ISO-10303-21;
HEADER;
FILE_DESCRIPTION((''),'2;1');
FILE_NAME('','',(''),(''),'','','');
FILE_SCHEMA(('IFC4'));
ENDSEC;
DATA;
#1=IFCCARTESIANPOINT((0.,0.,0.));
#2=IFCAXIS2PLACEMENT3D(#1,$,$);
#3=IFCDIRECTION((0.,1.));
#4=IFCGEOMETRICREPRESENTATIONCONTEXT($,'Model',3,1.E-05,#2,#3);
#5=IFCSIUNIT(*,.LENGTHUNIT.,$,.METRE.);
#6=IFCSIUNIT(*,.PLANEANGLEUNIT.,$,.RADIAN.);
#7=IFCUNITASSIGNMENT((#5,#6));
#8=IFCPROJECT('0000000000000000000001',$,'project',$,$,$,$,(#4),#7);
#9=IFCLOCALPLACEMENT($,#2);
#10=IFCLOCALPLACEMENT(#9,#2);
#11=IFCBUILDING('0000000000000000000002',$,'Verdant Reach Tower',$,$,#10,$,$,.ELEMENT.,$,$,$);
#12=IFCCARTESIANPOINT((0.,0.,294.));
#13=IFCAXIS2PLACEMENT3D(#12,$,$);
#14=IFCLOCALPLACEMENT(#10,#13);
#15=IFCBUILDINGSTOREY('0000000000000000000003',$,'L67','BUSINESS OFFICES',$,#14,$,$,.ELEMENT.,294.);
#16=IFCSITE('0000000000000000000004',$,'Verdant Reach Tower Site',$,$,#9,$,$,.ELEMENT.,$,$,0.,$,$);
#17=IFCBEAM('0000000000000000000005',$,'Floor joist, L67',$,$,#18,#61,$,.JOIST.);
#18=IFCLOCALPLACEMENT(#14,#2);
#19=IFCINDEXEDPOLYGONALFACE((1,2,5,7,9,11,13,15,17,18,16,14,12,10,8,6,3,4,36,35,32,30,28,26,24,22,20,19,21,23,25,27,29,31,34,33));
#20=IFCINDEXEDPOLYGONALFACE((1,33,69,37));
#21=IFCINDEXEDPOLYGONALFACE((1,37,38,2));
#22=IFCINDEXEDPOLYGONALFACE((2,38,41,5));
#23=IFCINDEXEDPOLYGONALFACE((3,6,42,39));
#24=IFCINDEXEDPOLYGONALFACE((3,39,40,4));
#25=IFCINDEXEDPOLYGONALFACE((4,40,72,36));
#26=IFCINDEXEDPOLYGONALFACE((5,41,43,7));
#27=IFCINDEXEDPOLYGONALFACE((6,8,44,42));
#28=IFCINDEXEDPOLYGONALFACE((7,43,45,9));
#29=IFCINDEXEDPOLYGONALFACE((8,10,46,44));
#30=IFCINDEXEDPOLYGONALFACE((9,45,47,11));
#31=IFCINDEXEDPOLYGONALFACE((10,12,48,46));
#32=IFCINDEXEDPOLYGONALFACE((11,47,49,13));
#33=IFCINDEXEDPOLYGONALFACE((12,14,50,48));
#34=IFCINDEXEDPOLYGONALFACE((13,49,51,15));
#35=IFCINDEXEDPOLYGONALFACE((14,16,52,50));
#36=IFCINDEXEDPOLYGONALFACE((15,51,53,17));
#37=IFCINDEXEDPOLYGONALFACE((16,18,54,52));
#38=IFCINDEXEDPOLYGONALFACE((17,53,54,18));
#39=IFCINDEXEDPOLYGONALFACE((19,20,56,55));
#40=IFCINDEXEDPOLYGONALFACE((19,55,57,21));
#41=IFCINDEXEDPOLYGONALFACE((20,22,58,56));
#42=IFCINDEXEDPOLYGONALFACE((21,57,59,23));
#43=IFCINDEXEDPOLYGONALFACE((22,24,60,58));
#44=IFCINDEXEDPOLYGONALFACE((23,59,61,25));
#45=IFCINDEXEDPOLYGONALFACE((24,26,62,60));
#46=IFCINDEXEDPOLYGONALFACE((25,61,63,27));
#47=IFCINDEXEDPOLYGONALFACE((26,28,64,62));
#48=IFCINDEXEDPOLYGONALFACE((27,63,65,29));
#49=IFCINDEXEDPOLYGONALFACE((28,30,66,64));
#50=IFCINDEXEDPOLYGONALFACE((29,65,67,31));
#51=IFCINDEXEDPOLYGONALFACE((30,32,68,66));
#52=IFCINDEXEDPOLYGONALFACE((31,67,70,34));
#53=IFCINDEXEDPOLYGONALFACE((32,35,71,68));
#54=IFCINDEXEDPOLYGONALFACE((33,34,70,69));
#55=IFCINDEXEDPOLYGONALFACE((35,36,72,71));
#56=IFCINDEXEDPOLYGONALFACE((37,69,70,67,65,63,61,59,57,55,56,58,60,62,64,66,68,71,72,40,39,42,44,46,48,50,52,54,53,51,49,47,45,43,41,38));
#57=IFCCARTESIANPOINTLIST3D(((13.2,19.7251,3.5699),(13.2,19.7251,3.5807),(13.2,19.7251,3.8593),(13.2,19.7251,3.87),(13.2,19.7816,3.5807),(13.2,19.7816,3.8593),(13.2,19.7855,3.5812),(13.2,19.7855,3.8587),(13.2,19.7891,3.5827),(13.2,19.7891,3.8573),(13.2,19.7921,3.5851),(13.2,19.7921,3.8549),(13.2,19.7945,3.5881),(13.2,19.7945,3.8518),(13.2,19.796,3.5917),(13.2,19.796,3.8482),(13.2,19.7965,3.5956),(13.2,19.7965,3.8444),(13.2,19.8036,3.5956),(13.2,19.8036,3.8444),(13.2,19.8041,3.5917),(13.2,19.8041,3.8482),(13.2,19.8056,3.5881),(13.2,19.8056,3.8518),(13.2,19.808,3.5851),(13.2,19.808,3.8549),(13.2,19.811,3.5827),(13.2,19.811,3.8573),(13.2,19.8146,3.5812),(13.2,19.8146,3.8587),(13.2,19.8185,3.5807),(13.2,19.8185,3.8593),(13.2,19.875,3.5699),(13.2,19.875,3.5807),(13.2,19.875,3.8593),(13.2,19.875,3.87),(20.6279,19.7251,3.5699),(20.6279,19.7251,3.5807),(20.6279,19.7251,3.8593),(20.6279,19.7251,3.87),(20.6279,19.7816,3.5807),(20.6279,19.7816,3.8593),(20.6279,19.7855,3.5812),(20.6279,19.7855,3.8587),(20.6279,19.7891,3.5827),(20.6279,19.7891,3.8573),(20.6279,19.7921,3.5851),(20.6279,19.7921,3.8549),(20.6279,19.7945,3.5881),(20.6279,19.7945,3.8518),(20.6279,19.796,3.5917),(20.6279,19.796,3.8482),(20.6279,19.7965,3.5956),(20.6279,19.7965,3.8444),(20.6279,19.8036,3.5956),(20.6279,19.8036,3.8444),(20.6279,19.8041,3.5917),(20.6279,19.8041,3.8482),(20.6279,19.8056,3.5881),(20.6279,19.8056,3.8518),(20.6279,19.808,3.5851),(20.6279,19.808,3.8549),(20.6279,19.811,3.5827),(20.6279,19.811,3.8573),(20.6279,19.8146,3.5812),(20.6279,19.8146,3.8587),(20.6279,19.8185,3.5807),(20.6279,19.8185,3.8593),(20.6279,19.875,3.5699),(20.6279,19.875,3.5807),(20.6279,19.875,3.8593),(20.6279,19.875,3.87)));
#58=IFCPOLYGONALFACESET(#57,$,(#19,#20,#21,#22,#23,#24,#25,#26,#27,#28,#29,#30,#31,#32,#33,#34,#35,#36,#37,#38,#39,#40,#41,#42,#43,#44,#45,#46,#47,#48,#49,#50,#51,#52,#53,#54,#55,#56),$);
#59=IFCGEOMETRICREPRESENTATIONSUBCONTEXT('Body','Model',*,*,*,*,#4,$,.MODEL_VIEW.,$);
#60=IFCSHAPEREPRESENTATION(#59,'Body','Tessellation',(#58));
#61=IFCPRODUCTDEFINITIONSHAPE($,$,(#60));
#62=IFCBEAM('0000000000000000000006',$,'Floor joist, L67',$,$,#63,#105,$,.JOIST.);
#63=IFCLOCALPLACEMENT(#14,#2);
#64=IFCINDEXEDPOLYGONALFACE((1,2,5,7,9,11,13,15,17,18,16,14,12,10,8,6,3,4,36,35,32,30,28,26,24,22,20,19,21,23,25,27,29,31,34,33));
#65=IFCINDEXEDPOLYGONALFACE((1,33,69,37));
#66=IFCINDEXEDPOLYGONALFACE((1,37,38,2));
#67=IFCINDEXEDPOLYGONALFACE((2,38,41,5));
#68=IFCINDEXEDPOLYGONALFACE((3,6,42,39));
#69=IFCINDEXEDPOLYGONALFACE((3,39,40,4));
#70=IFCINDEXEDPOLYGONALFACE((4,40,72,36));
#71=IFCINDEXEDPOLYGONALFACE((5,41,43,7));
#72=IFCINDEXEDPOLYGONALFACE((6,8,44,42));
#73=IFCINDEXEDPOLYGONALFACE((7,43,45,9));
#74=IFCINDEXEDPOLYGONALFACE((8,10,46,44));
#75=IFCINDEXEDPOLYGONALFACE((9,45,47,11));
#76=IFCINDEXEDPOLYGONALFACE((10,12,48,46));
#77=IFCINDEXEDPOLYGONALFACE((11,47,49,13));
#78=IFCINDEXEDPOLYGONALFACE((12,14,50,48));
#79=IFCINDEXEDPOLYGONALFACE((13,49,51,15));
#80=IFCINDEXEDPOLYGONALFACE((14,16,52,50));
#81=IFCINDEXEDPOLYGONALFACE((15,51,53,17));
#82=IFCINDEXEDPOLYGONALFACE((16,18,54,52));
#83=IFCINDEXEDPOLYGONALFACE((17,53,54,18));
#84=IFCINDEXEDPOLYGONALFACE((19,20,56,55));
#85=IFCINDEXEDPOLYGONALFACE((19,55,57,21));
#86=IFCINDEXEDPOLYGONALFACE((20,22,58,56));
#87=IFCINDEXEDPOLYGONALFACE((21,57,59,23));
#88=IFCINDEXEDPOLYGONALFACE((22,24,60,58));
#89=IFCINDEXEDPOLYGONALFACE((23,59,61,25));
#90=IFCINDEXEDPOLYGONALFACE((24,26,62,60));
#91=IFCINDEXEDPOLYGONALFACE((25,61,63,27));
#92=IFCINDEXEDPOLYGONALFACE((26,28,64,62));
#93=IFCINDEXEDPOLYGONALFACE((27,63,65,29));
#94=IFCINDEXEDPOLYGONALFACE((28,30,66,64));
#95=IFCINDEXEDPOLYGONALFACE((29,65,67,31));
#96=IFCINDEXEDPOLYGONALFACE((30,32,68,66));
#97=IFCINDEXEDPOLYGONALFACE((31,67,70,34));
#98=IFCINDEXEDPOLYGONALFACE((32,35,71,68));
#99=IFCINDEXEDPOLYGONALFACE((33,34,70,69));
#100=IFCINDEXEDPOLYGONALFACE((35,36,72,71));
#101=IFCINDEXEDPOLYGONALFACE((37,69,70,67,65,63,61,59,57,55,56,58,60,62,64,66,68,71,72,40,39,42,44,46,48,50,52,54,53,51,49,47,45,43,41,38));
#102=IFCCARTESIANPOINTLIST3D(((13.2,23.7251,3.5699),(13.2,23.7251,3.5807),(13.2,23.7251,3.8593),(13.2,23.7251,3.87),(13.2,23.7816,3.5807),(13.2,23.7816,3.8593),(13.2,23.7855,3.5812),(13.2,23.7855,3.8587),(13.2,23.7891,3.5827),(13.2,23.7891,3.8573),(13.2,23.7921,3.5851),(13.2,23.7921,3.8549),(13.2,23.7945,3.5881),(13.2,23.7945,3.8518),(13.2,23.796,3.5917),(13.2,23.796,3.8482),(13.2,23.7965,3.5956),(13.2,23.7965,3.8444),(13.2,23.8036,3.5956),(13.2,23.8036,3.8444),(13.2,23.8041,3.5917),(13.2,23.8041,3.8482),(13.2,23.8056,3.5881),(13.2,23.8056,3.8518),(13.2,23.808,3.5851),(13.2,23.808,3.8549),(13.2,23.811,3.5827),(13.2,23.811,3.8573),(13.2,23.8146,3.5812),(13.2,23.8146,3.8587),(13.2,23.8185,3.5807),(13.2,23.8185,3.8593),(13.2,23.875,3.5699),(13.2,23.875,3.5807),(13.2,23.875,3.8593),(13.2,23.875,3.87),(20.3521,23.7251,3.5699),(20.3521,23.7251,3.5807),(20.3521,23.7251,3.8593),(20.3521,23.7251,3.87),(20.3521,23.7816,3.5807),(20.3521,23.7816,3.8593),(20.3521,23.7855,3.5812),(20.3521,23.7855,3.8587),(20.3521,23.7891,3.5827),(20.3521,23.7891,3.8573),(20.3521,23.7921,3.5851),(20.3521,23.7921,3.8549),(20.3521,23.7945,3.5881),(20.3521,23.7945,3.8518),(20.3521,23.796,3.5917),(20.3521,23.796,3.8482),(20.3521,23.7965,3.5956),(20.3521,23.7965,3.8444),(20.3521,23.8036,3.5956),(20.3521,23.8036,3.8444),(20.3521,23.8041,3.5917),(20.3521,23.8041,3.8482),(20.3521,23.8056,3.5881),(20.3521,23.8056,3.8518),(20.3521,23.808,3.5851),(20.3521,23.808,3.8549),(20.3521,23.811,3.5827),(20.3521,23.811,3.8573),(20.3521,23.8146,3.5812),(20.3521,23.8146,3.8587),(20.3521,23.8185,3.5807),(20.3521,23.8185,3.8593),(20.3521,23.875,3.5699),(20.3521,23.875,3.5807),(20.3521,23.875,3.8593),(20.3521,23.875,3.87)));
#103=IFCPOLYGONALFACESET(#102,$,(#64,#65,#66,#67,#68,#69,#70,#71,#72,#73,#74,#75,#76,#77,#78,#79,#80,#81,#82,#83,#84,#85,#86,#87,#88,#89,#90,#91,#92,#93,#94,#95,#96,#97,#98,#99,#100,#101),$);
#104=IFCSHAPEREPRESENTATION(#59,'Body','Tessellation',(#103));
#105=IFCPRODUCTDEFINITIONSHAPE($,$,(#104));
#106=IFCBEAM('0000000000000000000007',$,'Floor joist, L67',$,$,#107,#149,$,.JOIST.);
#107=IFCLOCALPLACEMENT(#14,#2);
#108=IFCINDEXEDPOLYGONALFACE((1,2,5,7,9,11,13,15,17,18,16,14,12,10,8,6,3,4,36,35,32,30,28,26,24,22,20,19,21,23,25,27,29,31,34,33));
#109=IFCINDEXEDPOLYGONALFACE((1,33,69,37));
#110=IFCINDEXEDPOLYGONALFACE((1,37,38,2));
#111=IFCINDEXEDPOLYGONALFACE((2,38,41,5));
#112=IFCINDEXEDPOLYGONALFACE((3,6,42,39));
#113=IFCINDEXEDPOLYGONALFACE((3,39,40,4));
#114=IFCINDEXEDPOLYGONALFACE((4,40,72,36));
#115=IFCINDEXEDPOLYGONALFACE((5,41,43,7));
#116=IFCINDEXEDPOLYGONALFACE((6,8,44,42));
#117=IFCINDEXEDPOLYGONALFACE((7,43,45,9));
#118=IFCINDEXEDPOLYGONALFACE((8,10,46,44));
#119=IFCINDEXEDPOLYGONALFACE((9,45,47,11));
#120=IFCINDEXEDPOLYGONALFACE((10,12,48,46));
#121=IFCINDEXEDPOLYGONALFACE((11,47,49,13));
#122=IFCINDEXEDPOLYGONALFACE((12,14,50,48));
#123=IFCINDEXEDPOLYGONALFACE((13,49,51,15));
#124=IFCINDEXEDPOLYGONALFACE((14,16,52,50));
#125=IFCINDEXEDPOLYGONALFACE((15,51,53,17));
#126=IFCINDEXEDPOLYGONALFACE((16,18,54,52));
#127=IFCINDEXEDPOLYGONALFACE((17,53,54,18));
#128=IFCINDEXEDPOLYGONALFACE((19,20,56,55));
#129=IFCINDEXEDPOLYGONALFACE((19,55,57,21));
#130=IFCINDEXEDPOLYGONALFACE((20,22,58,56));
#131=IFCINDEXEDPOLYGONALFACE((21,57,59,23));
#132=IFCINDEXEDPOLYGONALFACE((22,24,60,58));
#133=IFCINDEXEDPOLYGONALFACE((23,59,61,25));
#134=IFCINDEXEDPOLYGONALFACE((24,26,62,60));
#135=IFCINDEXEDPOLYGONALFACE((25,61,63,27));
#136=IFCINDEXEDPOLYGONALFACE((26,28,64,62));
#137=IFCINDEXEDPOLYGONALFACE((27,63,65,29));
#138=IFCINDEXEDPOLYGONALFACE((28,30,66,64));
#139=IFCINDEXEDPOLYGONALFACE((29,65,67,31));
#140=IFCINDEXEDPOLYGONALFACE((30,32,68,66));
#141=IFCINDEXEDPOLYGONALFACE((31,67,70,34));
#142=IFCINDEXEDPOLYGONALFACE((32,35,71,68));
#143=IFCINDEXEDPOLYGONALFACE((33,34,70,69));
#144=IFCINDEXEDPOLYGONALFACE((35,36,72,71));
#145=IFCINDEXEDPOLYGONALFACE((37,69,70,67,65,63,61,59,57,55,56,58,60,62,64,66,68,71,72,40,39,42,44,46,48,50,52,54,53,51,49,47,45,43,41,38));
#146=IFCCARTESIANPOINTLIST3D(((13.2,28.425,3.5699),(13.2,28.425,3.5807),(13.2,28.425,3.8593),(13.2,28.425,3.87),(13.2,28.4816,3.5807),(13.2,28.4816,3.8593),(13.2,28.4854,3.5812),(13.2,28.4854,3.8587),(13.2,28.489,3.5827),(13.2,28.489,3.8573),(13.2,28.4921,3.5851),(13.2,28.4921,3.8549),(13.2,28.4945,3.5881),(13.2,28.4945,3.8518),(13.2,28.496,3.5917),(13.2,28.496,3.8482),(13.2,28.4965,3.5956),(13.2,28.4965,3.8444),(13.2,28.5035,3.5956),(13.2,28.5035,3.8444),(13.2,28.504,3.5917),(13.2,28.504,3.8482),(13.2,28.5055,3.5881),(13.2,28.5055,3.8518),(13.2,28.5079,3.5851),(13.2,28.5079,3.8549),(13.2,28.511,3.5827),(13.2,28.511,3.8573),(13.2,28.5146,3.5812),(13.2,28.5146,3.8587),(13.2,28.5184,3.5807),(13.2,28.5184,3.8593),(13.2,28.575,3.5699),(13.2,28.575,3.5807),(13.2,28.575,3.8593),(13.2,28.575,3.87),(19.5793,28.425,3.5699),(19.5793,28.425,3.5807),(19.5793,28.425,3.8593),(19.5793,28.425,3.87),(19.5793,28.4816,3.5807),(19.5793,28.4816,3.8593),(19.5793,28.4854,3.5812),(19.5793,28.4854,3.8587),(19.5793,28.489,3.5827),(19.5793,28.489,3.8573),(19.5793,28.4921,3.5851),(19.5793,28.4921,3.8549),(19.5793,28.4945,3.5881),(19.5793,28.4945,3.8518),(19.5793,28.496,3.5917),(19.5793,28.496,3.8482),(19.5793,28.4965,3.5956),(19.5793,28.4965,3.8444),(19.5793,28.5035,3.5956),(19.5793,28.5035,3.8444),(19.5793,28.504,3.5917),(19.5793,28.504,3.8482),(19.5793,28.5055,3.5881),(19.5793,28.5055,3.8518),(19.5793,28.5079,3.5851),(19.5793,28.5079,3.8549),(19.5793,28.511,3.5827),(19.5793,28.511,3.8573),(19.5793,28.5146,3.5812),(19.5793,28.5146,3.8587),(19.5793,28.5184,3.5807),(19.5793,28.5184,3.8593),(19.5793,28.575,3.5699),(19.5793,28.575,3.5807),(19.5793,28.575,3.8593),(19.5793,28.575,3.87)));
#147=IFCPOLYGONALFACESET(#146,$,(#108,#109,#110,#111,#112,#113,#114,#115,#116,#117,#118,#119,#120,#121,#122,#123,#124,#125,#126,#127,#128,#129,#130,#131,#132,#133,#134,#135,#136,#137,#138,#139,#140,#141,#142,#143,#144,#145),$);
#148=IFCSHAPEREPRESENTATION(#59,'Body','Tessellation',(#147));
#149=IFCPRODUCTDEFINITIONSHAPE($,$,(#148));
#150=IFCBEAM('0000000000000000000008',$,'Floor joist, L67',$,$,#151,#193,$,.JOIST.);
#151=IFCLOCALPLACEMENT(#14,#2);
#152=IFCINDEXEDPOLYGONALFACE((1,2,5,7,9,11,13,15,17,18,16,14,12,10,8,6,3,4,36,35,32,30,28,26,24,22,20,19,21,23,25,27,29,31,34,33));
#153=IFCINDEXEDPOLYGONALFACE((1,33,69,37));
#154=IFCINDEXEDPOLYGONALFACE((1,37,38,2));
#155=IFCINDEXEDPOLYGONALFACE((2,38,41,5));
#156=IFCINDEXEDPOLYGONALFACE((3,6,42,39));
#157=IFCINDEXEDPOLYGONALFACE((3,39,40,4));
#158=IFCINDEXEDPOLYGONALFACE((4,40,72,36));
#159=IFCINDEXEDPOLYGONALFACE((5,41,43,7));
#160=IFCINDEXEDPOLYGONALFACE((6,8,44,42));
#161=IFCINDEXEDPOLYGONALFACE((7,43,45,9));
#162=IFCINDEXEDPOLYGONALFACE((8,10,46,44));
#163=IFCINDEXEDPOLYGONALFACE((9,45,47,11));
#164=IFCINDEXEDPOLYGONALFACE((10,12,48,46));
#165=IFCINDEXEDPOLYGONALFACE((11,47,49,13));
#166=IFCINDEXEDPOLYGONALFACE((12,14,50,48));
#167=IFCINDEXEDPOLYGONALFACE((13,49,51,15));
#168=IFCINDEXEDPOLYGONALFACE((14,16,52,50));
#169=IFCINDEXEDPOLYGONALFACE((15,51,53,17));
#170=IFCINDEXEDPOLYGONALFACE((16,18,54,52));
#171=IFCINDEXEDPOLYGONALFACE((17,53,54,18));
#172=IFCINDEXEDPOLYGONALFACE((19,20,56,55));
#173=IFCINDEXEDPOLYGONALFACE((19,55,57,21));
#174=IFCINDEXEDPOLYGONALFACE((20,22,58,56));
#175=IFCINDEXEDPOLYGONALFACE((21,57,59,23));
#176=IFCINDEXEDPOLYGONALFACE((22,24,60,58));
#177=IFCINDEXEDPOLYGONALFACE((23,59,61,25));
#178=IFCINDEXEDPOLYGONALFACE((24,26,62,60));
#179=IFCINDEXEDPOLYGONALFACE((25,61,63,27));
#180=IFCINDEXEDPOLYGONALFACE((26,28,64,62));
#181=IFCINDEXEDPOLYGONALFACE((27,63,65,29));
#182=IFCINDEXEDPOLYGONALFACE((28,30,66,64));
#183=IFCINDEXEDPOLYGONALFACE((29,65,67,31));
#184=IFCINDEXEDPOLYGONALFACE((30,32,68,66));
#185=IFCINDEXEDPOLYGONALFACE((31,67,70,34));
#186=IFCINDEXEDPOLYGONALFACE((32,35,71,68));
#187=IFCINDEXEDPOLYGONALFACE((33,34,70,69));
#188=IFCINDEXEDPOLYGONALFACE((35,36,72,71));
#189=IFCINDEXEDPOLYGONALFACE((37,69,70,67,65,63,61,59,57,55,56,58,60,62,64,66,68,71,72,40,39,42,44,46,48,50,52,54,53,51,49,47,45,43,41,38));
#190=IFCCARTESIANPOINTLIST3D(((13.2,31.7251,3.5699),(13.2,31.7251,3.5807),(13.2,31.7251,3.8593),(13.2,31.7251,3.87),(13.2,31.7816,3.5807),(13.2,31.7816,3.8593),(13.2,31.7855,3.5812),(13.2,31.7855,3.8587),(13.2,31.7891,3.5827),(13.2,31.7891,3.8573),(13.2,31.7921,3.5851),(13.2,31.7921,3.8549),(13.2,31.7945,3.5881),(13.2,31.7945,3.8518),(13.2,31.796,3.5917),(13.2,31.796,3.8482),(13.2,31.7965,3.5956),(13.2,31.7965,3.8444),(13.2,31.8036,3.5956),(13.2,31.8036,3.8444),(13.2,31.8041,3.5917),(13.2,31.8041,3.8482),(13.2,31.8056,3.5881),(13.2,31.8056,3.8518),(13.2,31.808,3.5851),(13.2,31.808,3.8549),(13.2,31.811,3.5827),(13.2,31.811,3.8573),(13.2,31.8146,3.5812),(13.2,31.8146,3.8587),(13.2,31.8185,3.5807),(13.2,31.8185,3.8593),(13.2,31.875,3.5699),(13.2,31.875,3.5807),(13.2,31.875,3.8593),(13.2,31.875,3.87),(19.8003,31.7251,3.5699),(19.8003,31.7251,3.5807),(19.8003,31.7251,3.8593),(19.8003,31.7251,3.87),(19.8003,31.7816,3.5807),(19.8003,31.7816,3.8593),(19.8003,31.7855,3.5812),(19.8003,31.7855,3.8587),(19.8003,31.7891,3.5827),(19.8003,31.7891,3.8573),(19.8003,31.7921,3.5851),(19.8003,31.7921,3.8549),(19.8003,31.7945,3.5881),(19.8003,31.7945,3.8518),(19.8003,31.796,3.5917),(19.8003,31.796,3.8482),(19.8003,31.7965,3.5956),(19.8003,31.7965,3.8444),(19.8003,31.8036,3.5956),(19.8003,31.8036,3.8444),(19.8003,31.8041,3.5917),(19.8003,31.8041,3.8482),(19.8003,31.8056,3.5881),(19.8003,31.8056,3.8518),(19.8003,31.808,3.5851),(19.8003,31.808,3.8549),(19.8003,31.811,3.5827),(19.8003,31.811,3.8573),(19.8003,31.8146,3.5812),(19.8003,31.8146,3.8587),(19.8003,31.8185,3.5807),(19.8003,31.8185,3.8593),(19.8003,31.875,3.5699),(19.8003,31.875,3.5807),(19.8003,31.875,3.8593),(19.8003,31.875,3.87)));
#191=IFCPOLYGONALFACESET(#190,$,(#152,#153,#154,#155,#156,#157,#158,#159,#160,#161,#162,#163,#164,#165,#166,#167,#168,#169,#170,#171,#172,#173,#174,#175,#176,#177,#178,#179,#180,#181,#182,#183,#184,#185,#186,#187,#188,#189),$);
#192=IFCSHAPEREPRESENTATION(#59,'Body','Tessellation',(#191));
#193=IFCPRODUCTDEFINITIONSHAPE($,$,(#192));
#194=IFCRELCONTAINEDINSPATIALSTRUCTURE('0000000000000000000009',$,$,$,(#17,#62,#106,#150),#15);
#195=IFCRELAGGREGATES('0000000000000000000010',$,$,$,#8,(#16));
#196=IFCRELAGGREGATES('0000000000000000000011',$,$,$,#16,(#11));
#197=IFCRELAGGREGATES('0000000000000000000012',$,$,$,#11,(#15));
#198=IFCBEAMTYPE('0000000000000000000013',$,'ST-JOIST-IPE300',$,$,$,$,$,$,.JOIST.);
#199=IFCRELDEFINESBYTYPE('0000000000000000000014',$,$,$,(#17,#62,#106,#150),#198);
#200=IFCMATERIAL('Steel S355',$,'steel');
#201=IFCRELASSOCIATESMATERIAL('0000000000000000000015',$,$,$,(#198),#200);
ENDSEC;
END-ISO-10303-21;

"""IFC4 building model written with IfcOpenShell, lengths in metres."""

from ifc_helpers import new_model, si_unit, direction, frame, origin, origin_2d, place, context, subcontext, project, spatial, i_section, extrude, material, material_profile, profile_set, type_object, element, save


model = new_model("IFC4")

# Units and contexts
model_context = context("Model", 3, precision=1e-05, world=origin(), true_north=direction((0.0, 1.0)))
body_context = subcontext(model_context, "Body", "Model", "MODEL_VIEW")
ifc_project = project(units=[si_unit("LENGTHUNIT", "METRE"), si_unit("PLANEANGLEUNIT", "RADIAN")], contexts=[model_context])

# Site, building, storey
site_placement = place(None, origin())
site = spatial("IfcSite", under=ifc_project, at=site_placement, Name="Verdant Reach Tower Site", CompositionType="ELEMENT", RefElevation=0.0)
building_placement = place(site_placement, origin())
building = spatial("IfcBuilding", under=site, at=building_placement, Name="Verdant Reach Tower", CompositionType="ELEMENT")
storey_placement = place(building_placement, frame((0.0, 0.0, 294.0)))
storey = spatial("IfcBuildingStorey", under=building, at=storey_placement, Name="L67", Description="BUSINESS OFFICES", CompositionType="ELEMENT", Elevation=294.0)

# Beams
ifc_material_1 = material(Name="Steel S355", Category="steel")
ifc_material_profile = material_profile(ifc_material_1, i_section(OverallWidth=0.1499, OverallDepth=0.3, WebThickness=0.0071, FlangeThickness=0.0107, FilletRadius=0.0149, at=origin_2d()), Name="IPE 300")
ifc_profile_set = profile_set([ifc_material_profile], Name="Steel S355")
beam_type = type_object("IfcBeamType", Name="ST-JOIST-IPE300", PredefinedType="JOIST", material=ifc_profile_set)
beam_1_placement = place(storey_placement, frame((13.2, 19.8, 3.72), z_axis=(1.0, 0.0, 0.0), x_axis=(0.0, 1.0, 0.0)))
element("IfcBeam", 1, at=beam_1_placement, inside=storey, type_object=beam_type, Name="Floor joist, L67", PredefinedType="JOIST", context=body_context, shape_type="SweptSolid", body=[
    extrude(i_section(OverallWidth=0.1499, OverallDepth=0.3, WebThickness=0.0071, FlangeThickness=0.0107, FilletRadius=0.0149, at=origin_2d()), origin(), (0.0, 0.0, 1.0), 7.428),
])
beam_2_placement = place(storey_placement, frame((13.2, 23.8, 3.72), z_axis=(1.0, 0.0, 0.0), x_axis=(0.0, 1.0, 0.0)))
element("IfcBeam", 2, at=beam_2_placement, inside=storey, type_object=beam_type, Name="Floor joist, L67", PredefinedType="JOIST", context=body_context, shape_type="SweptSolid", body=[
    extrude(i_section(OverallWidth=0.1499, OverallDepth=0.3, WebThickness=0.0071, FlangeThickness=0.0107, FilletRadius=0.0149, at=origin_2d()), origin(), (0.0, 0.0, 1.0), 7.1521),
])
beam_3_placement = place(storey_placement, frame((13.2, 28.5, 3.72), z_axis=(1.0, 0.0, 0.0), x_axis=(0.0, 1.0, 0.0)))
element("IfcBeam", 3, at=beam_3_placement, inside=storey, type_object=beam_type, Name="Floor joist, L67", PredefinedType="JOIST", context=body_context, shape_type="SweptSolid", body=[
    extrude(i_section(OverallWidth=0.1499, OverallDepth=0.3, WebThickness=0.0071, FlangeThickness=0.0107, FilletRadius=0.0149, at=origin_2d()), origin(), (0.0, 0.0, 1.0), 6.3794),
])
beam_4_placement = place(storey_placement, frame((13.2, 31.8, 3.72), z_axis=(1.0, 0.0, 0.0), x_axis=(0.0, 1.0, 0.0)))
element("IfcBeam", 4, at=beam_4_placement, inside=storey, type_object=beam_type, Name="Floor joist, L67", PredefinedType="JOIST", context=body_context, shape_type="SweptSolid", body=[
    extrude(i_section(OverallWidth=0.1499, OverallDepth=0.3, WebThickness=0.0071, FlangeThickness=0.0107, FilletRadius=0.0149, at=origin_2d()), origin(), (0.0, 0.0, 1.0), 6.6003),
])

save(model, "model.ifc")
